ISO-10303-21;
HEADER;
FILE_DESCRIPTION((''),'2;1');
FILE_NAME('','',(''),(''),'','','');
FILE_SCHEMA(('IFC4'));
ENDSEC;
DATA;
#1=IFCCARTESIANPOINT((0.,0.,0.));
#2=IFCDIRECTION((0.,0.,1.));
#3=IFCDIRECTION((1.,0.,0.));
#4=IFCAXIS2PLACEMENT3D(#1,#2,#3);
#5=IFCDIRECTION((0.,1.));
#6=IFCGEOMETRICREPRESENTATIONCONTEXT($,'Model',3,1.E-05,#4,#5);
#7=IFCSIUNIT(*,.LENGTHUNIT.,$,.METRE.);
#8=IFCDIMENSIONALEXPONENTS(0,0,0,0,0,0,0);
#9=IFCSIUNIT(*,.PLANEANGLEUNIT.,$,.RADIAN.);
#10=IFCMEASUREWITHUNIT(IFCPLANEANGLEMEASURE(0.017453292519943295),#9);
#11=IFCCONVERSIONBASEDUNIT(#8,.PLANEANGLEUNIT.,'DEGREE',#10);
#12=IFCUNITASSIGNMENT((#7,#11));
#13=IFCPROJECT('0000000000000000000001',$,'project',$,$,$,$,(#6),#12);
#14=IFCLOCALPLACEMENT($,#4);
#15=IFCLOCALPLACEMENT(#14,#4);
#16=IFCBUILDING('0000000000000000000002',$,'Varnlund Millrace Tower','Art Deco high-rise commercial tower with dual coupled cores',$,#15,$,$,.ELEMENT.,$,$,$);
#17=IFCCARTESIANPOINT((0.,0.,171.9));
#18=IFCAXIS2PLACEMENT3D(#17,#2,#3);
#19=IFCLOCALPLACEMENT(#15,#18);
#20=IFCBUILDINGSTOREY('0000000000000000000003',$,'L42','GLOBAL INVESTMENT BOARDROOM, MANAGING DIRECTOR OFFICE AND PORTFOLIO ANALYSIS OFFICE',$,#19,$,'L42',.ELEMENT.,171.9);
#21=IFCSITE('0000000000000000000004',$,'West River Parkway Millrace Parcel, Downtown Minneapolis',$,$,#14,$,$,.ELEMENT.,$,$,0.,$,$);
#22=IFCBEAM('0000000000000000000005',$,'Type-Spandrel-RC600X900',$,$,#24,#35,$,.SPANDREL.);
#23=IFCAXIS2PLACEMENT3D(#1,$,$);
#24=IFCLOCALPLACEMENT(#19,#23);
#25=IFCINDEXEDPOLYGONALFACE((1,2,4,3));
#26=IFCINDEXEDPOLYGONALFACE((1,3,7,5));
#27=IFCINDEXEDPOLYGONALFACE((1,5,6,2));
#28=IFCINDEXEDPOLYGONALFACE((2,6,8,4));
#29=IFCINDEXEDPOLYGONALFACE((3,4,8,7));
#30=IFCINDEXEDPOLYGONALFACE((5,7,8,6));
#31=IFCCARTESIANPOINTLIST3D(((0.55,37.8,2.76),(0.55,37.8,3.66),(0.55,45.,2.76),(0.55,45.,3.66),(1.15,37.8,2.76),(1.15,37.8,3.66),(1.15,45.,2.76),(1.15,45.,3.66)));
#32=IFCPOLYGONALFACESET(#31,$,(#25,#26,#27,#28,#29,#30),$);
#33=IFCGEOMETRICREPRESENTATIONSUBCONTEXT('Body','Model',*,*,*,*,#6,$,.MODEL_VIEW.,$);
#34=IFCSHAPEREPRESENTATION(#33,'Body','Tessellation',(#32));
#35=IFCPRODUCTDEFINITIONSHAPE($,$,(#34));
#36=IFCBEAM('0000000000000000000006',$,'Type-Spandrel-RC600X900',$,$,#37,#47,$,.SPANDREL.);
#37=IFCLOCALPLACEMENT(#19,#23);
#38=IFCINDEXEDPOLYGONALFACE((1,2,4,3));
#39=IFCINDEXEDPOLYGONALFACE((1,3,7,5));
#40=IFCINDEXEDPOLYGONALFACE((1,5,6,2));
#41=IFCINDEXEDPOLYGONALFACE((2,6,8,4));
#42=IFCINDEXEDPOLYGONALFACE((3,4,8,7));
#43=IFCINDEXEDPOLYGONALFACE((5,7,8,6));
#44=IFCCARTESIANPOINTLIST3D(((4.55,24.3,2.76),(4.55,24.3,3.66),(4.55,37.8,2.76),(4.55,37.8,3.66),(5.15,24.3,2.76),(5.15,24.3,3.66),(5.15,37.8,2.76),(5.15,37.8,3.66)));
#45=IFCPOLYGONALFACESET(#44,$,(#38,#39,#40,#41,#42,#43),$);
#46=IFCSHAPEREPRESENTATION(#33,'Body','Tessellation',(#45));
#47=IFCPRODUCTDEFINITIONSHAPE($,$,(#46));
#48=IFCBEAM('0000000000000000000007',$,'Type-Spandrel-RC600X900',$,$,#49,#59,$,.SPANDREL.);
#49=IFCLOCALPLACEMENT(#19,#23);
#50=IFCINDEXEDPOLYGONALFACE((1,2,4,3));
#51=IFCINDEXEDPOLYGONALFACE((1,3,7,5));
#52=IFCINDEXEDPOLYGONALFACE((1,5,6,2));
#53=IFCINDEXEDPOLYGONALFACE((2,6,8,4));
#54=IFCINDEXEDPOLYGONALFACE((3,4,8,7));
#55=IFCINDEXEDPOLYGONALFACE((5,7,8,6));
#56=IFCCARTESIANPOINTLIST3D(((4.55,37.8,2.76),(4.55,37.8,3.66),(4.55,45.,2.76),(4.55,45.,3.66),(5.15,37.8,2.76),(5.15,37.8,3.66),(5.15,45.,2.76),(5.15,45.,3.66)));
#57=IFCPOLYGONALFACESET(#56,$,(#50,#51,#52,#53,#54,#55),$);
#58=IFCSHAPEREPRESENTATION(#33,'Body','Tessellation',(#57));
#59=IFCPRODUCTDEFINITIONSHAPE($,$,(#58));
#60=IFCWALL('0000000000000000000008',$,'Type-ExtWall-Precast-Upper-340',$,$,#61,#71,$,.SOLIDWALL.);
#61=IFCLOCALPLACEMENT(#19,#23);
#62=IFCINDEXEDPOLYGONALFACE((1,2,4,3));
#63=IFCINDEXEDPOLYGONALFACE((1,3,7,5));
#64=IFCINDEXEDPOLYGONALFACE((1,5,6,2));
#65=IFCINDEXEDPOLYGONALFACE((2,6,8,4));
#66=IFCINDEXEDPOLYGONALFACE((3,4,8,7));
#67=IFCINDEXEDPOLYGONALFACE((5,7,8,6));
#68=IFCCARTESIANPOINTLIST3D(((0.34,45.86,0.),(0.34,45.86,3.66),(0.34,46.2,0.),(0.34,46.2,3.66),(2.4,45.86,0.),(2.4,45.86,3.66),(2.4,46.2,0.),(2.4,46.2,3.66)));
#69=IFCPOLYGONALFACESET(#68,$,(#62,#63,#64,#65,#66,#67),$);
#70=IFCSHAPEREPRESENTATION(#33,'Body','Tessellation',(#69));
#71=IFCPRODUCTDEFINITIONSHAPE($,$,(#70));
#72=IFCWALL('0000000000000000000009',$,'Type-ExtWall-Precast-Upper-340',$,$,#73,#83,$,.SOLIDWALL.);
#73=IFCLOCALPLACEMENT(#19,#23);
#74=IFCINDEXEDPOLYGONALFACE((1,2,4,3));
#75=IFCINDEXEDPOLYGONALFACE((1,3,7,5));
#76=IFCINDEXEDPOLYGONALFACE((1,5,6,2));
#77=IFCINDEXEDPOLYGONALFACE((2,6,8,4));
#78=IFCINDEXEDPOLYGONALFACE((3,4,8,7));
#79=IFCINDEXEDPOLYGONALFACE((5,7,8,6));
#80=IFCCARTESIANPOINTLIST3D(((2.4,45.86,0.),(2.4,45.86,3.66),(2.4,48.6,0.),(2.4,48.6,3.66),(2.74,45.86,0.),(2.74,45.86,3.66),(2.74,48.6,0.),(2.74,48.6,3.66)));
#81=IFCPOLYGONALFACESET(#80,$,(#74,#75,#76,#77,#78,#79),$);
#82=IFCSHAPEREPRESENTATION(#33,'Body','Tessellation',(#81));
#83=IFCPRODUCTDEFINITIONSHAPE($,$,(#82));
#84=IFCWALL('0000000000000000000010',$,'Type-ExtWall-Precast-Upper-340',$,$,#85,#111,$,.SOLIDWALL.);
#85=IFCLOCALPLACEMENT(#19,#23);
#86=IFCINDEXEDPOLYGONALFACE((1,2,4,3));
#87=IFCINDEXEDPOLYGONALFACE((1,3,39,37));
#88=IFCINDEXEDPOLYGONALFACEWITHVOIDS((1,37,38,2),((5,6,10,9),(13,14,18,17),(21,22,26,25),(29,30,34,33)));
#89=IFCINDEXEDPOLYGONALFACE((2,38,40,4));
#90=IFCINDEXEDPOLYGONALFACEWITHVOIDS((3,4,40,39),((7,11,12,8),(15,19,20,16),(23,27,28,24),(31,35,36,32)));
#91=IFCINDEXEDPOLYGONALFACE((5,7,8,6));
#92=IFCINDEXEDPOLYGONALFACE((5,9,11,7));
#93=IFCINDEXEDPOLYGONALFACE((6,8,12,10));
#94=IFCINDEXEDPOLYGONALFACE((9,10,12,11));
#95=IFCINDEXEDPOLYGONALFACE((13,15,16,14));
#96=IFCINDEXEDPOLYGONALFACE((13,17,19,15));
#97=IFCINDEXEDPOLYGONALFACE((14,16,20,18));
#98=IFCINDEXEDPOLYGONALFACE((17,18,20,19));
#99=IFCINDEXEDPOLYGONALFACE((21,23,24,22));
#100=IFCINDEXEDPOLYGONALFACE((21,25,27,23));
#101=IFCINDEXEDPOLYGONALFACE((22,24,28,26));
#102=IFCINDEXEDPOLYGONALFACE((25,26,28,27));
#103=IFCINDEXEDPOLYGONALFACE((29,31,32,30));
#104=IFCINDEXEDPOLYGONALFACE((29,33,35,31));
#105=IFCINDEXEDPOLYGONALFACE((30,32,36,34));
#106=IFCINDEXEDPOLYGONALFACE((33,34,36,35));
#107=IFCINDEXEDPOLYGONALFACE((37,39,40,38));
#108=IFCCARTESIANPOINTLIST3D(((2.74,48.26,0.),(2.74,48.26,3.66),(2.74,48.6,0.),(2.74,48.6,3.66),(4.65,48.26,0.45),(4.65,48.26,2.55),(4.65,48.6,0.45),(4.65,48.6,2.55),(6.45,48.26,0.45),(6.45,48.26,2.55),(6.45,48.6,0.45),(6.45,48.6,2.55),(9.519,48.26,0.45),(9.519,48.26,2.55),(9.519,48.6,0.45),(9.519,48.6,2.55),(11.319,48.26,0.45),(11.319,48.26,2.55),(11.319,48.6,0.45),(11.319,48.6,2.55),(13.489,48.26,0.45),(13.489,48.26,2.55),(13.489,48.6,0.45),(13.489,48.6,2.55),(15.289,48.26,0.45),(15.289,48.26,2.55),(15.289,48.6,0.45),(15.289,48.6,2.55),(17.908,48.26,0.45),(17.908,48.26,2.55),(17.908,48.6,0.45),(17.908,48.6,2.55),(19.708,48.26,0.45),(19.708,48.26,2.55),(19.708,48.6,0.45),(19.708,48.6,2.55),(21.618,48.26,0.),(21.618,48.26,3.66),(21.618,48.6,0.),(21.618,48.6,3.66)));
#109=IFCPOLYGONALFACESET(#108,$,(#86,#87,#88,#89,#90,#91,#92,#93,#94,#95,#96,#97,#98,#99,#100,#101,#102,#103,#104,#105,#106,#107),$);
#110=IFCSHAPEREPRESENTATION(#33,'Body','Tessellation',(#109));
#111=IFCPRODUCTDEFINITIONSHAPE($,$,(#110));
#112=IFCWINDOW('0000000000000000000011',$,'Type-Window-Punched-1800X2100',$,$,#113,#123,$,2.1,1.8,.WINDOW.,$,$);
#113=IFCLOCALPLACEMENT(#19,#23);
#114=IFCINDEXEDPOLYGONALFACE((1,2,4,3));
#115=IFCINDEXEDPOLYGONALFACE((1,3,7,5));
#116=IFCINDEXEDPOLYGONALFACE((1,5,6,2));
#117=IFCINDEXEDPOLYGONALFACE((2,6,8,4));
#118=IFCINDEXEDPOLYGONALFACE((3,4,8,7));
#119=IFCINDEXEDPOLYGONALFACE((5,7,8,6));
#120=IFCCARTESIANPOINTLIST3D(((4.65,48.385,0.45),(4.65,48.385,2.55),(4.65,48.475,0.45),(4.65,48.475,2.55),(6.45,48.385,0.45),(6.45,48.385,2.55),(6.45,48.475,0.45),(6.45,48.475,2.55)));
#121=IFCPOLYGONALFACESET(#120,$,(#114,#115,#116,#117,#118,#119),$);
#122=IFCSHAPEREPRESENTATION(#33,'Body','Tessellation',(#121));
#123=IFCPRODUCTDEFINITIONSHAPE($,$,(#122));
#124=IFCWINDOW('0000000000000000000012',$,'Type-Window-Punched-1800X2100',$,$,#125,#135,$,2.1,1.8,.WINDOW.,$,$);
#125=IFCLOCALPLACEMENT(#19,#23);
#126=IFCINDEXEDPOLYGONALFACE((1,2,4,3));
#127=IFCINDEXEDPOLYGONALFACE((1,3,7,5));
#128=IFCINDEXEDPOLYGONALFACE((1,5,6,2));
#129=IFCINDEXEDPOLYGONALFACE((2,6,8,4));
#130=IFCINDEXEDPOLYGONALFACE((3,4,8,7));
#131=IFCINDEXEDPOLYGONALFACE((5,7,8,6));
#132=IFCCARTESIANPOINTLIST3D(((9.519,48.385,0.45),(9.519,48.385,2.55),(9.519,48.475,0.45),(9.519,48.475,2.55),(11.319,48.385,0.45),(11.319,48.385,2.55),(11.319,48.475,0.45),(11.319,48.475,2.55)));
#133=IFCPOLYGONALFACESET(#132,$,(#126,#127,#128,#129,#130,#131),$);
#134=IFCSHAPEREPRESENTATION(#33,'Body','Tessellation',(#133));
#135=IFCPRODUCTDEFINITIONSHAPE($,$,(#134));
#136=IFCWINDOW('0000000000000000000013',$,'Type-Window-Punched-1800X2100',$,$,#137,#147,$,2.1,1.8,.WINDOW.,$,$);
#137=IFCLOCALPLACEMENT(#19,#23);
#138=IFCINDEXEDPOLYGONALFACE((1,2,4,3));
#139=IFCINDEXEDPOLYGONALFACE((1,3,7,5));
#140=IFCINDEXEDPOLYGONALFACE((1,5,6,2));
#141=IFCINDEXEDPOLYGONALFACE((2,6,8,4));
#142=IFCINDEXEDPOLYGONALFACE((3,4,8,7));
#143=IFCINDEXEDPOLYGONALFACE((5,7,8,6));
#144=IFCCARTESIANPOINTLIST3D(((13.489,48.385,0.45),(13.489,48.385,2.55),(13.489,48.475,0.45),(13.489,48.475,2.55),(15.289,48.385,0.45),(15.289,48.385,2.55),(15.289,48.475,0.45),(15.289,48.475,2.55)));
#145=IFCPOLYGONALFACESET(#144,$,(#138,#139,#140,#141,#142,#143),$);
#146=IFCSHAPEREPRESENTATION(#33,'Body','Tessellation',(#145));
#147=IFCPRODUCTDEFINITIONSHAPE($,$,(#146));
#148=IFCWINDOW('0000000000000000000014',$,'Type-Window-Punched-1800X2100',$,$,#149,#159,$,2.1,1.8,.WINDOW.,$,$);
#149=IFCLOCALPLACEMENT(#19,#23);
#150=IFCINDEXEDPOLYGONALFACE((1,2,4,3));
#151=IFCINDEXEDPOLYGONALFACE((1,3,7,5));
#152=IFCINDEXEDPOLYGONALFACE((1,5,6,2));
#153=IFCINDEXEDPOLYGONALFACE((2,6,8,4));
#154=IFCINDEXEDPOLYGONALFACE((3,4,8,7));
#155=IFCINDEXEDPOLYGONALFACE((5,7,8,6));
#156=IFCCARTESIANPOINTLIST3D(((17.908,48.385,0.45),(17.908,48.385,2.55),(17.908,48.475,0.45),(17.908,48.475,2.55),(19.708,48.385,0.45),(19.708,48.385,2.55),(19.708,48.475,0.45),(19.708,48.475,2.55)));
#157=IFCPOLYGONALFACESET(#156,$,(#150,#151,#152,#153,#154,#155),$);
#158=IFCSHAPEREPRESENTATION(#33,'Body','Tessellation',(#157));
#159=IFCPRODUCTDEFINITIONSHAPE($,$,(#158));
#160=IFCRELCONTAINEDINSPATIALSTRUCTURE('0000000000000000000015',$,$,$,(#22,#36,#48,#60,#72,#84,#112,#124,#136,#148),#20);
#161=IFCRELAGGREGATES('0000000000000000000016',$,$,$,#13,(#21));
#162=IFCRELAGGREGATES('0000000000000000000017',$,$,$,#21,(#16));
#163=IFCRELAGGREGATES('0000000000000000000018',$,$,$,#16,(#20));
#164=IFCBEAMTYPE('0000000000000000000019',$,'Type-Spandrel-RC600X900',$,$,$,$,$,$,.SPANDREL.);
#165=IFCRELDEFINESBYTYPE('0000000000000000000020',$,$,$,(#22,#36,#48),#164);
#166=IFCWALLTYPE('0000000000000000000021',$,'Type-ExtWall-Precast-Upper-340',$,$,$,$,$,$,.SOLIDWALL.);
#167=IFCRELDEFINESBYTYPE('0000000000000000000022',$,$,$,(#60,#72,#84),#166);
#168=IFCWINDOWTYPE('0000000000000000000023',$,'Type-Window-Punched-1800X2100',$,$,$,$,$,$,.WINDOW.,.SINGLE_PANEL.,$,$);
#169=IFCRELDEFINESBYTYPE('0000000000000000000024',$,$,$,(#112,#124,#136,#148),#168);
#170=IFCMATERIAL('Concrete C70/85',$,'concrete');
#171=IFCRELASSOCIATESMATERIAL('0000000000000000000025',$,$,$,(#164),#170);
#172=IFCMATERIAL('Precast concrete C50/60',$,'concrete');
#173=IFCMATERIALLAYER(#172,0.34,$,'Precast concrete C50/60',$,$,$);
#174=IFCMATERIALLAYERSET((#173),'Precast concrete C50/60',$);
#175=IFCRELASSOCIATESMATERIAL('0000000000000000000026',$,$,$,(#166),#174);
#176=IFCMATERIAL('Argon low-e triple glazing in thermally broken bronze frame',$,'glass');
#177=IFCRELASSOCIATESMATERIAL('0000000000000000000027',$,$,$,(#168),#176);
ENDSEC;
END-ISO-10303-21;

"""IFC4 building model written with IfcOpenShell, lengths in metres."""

from ifc_helpers import new_model, entity, si_unit, converted_unit, direction, frame, origin_with_axes, origin_2d_with_axis, place, context, subcontext, project, spatial, polyline, rectangle, outline, extrude, material, layer, layer_set, material_profile, profile_set, type_object, element, fill, save


model = new_model("IFC4")

# Units and contexts
model_context = context("Model", 3, precision=1e-05, world=origin_with_axes(), true_north=direction((0.0, 1.0)))
body_context = subcontext(model_context, "Body", "Model", "MODEL_VIEW")
ifc_project = project(units=[si_unit("LENGTHUNIT", "METRE"), converted_unit("PLANEANGLEUNIT", "DEGREE", entity("IfcPlaneAngleMeasure", 0.017453292519943295), si_unit("PLANEANGLEUNIT", "RADIAN"), dimensions=[0, 0, 0, 0, 0, 0, 0])], contexts=[model_context])

# Site, building, storey
site_placement = place(None, origin_with_axes())
site = spatial("IfcSite", under=ifc_project, at=site_placement, Name="West River Parkway Millrace Parcel, Downtown Minneapolis", CompositionType="ELEMENT", RefElevation=0.0)
building_placement = place(site_placement, origin_with_axes())
building = spatial("IfcBuilding", under=site, at=building_placement, Name="Varnlund Millrace Tower", Description="Art Deco high-rise commercial tower with dual coupled cores", CompositionType="ELEMENT")
storey_placement = place(building_placement, frame((0.0, 0.0, 171.9), z_axis=(0.0, 0.0, 1.0), x_axis=(1.0, 0.0, 0.0)))
storey = spatial("IfcBuildingStorey", under=building, at=storey_placement, Name="L42", Description="GLOBAL INVESTMENT BOARDROOM, MANAGING DIRECTOR OFFICE AND PORTFOLIO ANALYSIS OFFICE", LongName="L42", CompositionType="ELEMENT", Elevation=171.9)

# Beams
ifc_material_1 = material(Name="Concrete C70/85", Category="concrete")
ifc_material_profile_1 = material_profile(ifc_material_1, rectangle(XDim=0.6, YDim=0.9, at=origin_2d_with_axis()), Name="Concrete C70/85")
ifc_profile_set_1 = profile_set([ifc_material_profile_1], Name="Concrete C70/85")
beam_type_1 = type_object("IfcBeamType", Name="Type-Spandrel-RC600X900", PredefinedType="SPANDREL", material=ifc_profile_set_1)
beam_1_placement = place(storey_placement, frame((0.85, 37.8, 3.21), z_axis=(0.0, 1.0, 0.0), x_axis=(-1.0, 0.0, 0.0)))
element("IfcBeam", 1, at=beam_1_placement, inside=storey, type_object=beam_type_1, Name="Type-Spandrel-RC600X900", PredefinedType="SPANDREL", context=body_context, shape_type="SweptSolid", body=[
    extrude(rectangle(XDim=0.6, YDim=0.9, at=origin_2d_with_axis()), origin_with_axes(), (0.0, 0.0, 1.0), 7.2),
])
beam_2_placement = place(storey_placement, frame((4.85, 24.3, 3.21), z_axis=(0.0, 1.0, 0.0), x_axis=(-1.0, 0.0, 0.0)))
element("IfcBeam", 2, at=beam_2_placement, inside=storey, type_object=beam_type_1, Name="Type-Spandrel-RC600X900", PredefinedType="SPANDREL", context=body_context, shape_type="SweptSolid", body=[
    extrude(rectangle(XDim=0.6, YDim=0.9, at=origin_2d_with_axis()), origin_with_axes(), (0.0, 0.0, 1.0), 13.5),
])
beam_3_placement = place(storey_placement, frame((4.85, 37.8, 3.21), z_axis=(0.0, 1.0, 0.0), x_axis=(-1.0, 0.0, 0.0)))
element("IfcBeam", 3, at=beam_3_placement, inside=storey, type_object=beam_type_1, Name="Type-Spandrel-RC600X900", PredefinedType="SPANDREL", context=body_context, shape_type="SweptSolid", body=[
    extrude(rectangle(XDim=0.6, YDim=0.9, at=origin_2d_with_axis()), origin_with_axes(), (0.0, 0.0, 1.0), 7.2),
])

# Walls
ifc_material_2 = material(Name="Precast concrete C50/60", Category="concrete")
ifc_layer = layer(ifc_material_2, 0.34, Name="Precast concrete C50/60")
ifc_layer_set = layer_set([ifc_layer], Name="Precast concrete C50/60")
wall_type = type_object("IfcWallType", Name="Type-ExtWall-Precast-Upper-340", PredefinedType="SOLIDWALL", material=ifc_layer_set)
wall_1_placement = place(storey_placement, frame((0.34, 46.03, 0.0), z_axis=(0.0, 0.0, 1.0), x_axis=(1.0, 0.0, 0.0)))
element("IfcWall", 4, at=wall_1_placement, inside=storey, type_object=wall_type, Name="Type-ExtWall-Precast-Upper-340", PredefinedType="SOLIDWALL", context=body_context, shape_type="SweptSolid", body=[
    extrude(outline(polyline([(0.0, -0.17), (2.06, -0.17), (2.06, 0.17), (0.0, 0.17), (0.0, -0.17)])), origin_with_axes(), (0.0, 0.0, 1.0), 3.66),
])
wall_2_placement = place(storey_placement, frame((2.57, 45.86, 0.0), z_axis=(0.0, 0.0, 1.0), x_axis=(0.0, 1.0, 0.0)))
element("IfcWall", 5, at=wall_2_placement, inside=storey, type_object=wall_type, Name="Type-ExtWall-Precast-Upper-340", PredefinedType="SOLIDWALL", context=body_context, shape_type="SweptSolid", body=[
    extrude(outline(polyline([(0.0, -0.17), (2.74, -0.17), (2.74, 0.17), (0.0, 0.17), (0.0, -0.17)])), origin_with_axes(), (0.0, 0.0, 1.0), 3.66),
])

# Wall, openings, windows
wall_3_placement = place(storey_placement, frame((2.74, 48.43, 0.0), z_axis=(0.0, 0.0, 1.0), x_axis=(1.0, 0.0, 0.0)))
wall_3 = element("IfcWall", 6, at=wall_3_placement, inside=storey, type_object=wall_type, Name="Type-ExtWall-Precast-Upper-340", PredefinedType="SOLIDWALL", context=body_context, shape_type="SweptSolid", body=[
    extrude(outline(polyline([(0.0, -0.17), (18.878, -0.17), (18.878, 0.17), (0.0, 0.17), (0.0, -0.17)])), origin_with_axes(), (0.0, 0.0, 1.0), 3.66),
])
opening_1_placement = place(wall_3_placement, frame((2.81, 0.0, 0.45), z_axis=(0.0, 0.0, 1.0), x_axis=(1.0, 0.0, 0.0)))
opening_1 = element("IfcOpeningElement", 7, at=opening_1_placement, cuts=wall_3, PredefinedType="OPENING", context=body_context, shape_type="SweptSolid", body=[
    extrude(rectangle(XDim=1.8, YDim=0.36, at=origin_2d_with_axis()), origin_with_axes(), (0.0, 0.0, 1.0), 2.1),
])
opening_2_placement = place(wall_3_placement, frame((7.679, 0.0, 0.45), z_axis=(0.0, 0.0, 1.0), x_axis=(1.0, 0.0, 0.0)))
opening_2 = element("IfcOpeningElement", 8, at=opening_2_placement, cuts=wall_3, PredefinedType="OPENING", context=body_context, shape_type="SweptSolid", body=[
    extrude(rectangle(XDim=1.8, YDim=0.36, at=origin_2d_with_axis()), origin_with_axes(), (0.0, 0.0, 1.0), 2.1),
])
opening_3_placement = place(wall_3_placement, frame((11.649, 0.0, 0.45), z_axis=(0.0, 0.0, 1.0), x_axis=(1.0, 0.0, 0.0)))
opening_3 = element("IfcOpeningElement", 9, at=opening_3_placement, cuts=wall_3, PredefinedType="OPENING", context=body_context, shape_type="SweptSolid", body=[
    extrude(rectangle(XDim=1.8, YDim=0.36, at=origin_2d_with_axis()), origin_with_axes(), (0.0, 0.0, 1.0), 2.1),
])
opening_4_placement = place(wall_3_placement, frame((16.068, 0.0, 0.45), z_axis=(0.0, 0.0, 1.0), x_axis=(1.0, 0.0, 0.0)))
opening_4 = element("IfcOpeningElement", 10, at=opening_4_placement, cuts=wall_3, PredefinedType="OPENING", context=body_context, shape_type="SweptSolid", body=[
    extrude(rectangle(XDim=1.8, YDim=0.36, at=origin_2d_with_axis()), origin_with_axes(), (0.0, 0.0, 1.0), 2.1),
])
ifc_material_3 = material(Name="Argon low-e triple glazing in thermally broken bronze frame", Category="glass")
window_type = type_object("IfcWindowType", Name="Type-Window-Punched-1800X2100", PartitioningType="SINGLE_PANEL", PredefinedType="WINDOW", material=ifc_material_3)
window_1_placement = place(wall_3_placement, frame((2.81, 0.0, 0.45), z_axis=(0.0, 0.0, 1.0), x_axis=(1.0, 0.0, 0.0)))
window_1 = element("IfcWindow", 11, at=window_1_placement, inside=storey, type_object=window_type, Name="Type-Window-Punched-1800X2100", OverallHeight=2.1, OverallWidth=1.8, PredefinedType="WINDOW", context=body_context, shape_type="SweptSolid", body=[
    extrude(rectangle(XDim=1.8, YDim=0.09, at=origin_2d_with_axis()), origin_with_axes(), (0.0, 0.0, 1.0), 2.1),
])
fill(opening_1, window_1)
window_2_placement = place(wall_3_placement, frame((7.679, 0.0, 0.45), z_axis=(0.0, 0.0, 1.0), x_axis=(1.0, 0.0, 0.0)))
window_2 = element("IfcWindow", 12, at=window_2_placement, inside=storey, type_object=window_type, Name="Type-Window-Punched-1800X2100", OverallHeight=2.1, OverallWidth=1.8, PredefinedType="WINDOW", context=body_context, shape_type="SweptSolid", body=[
    extrude(rectangle(XDim=1.8, YDim=0.09, at=origin_2d_with_axis()), origin_with_axes(), (0.0, 0.0, 1.0), 2.1),
])
fill(opening_2, window_2)
window_3_placement = place(wall_3_placement, frame((11.649, 0.0, 0.45), z_axis=(0.0, 0.0, 1.0), x_axis=(1.0, 0.0, 0.0)))
window_3 = element("IfcWindow", 13, at=window_3_placement, inside=storey, type_object=window_type, Name="Type-Window-Punched-1800X2100", OverallHeight=2.1, OverallWidth=1.8, PredefinedType="WINDOW", context=body_context, shape_type="SweptSolid", body=[
    extrude(rectangle(XDim=1.8, YDim=0.09, at=origin_2d_with_axis()), origin_with_axes(), (0.0, 0.0, 1.0), 2.1),
])
fill(opening_3, window_3)
window_4_placement = place(wall_3_placement, frame((16.068, 0.0, 0.45), z_axis=(0.0, 0.0, 1.0), x_axis=(1.0, 0.0, 0.0)))
window_4 = element("IfcWindow", 14, at=window_4_placement, inside=storey, type_object=window_type, Name="Type-Window-Punched-1800X2100", OverallHeight=2.1, OverallWidth=1.8, PredefinedType="WINDOW", context=body_context, shape_type="SweptSolid", body=[
    extrude(rectangle(XDim=1.8, YDim=0.09, at=origin_2d_with_axis()), origin_with_axes(), (0.0, 0.0, 1.0), 2.1),
])
fill(opening_4, window_4)

save(model, "model.ifc")
